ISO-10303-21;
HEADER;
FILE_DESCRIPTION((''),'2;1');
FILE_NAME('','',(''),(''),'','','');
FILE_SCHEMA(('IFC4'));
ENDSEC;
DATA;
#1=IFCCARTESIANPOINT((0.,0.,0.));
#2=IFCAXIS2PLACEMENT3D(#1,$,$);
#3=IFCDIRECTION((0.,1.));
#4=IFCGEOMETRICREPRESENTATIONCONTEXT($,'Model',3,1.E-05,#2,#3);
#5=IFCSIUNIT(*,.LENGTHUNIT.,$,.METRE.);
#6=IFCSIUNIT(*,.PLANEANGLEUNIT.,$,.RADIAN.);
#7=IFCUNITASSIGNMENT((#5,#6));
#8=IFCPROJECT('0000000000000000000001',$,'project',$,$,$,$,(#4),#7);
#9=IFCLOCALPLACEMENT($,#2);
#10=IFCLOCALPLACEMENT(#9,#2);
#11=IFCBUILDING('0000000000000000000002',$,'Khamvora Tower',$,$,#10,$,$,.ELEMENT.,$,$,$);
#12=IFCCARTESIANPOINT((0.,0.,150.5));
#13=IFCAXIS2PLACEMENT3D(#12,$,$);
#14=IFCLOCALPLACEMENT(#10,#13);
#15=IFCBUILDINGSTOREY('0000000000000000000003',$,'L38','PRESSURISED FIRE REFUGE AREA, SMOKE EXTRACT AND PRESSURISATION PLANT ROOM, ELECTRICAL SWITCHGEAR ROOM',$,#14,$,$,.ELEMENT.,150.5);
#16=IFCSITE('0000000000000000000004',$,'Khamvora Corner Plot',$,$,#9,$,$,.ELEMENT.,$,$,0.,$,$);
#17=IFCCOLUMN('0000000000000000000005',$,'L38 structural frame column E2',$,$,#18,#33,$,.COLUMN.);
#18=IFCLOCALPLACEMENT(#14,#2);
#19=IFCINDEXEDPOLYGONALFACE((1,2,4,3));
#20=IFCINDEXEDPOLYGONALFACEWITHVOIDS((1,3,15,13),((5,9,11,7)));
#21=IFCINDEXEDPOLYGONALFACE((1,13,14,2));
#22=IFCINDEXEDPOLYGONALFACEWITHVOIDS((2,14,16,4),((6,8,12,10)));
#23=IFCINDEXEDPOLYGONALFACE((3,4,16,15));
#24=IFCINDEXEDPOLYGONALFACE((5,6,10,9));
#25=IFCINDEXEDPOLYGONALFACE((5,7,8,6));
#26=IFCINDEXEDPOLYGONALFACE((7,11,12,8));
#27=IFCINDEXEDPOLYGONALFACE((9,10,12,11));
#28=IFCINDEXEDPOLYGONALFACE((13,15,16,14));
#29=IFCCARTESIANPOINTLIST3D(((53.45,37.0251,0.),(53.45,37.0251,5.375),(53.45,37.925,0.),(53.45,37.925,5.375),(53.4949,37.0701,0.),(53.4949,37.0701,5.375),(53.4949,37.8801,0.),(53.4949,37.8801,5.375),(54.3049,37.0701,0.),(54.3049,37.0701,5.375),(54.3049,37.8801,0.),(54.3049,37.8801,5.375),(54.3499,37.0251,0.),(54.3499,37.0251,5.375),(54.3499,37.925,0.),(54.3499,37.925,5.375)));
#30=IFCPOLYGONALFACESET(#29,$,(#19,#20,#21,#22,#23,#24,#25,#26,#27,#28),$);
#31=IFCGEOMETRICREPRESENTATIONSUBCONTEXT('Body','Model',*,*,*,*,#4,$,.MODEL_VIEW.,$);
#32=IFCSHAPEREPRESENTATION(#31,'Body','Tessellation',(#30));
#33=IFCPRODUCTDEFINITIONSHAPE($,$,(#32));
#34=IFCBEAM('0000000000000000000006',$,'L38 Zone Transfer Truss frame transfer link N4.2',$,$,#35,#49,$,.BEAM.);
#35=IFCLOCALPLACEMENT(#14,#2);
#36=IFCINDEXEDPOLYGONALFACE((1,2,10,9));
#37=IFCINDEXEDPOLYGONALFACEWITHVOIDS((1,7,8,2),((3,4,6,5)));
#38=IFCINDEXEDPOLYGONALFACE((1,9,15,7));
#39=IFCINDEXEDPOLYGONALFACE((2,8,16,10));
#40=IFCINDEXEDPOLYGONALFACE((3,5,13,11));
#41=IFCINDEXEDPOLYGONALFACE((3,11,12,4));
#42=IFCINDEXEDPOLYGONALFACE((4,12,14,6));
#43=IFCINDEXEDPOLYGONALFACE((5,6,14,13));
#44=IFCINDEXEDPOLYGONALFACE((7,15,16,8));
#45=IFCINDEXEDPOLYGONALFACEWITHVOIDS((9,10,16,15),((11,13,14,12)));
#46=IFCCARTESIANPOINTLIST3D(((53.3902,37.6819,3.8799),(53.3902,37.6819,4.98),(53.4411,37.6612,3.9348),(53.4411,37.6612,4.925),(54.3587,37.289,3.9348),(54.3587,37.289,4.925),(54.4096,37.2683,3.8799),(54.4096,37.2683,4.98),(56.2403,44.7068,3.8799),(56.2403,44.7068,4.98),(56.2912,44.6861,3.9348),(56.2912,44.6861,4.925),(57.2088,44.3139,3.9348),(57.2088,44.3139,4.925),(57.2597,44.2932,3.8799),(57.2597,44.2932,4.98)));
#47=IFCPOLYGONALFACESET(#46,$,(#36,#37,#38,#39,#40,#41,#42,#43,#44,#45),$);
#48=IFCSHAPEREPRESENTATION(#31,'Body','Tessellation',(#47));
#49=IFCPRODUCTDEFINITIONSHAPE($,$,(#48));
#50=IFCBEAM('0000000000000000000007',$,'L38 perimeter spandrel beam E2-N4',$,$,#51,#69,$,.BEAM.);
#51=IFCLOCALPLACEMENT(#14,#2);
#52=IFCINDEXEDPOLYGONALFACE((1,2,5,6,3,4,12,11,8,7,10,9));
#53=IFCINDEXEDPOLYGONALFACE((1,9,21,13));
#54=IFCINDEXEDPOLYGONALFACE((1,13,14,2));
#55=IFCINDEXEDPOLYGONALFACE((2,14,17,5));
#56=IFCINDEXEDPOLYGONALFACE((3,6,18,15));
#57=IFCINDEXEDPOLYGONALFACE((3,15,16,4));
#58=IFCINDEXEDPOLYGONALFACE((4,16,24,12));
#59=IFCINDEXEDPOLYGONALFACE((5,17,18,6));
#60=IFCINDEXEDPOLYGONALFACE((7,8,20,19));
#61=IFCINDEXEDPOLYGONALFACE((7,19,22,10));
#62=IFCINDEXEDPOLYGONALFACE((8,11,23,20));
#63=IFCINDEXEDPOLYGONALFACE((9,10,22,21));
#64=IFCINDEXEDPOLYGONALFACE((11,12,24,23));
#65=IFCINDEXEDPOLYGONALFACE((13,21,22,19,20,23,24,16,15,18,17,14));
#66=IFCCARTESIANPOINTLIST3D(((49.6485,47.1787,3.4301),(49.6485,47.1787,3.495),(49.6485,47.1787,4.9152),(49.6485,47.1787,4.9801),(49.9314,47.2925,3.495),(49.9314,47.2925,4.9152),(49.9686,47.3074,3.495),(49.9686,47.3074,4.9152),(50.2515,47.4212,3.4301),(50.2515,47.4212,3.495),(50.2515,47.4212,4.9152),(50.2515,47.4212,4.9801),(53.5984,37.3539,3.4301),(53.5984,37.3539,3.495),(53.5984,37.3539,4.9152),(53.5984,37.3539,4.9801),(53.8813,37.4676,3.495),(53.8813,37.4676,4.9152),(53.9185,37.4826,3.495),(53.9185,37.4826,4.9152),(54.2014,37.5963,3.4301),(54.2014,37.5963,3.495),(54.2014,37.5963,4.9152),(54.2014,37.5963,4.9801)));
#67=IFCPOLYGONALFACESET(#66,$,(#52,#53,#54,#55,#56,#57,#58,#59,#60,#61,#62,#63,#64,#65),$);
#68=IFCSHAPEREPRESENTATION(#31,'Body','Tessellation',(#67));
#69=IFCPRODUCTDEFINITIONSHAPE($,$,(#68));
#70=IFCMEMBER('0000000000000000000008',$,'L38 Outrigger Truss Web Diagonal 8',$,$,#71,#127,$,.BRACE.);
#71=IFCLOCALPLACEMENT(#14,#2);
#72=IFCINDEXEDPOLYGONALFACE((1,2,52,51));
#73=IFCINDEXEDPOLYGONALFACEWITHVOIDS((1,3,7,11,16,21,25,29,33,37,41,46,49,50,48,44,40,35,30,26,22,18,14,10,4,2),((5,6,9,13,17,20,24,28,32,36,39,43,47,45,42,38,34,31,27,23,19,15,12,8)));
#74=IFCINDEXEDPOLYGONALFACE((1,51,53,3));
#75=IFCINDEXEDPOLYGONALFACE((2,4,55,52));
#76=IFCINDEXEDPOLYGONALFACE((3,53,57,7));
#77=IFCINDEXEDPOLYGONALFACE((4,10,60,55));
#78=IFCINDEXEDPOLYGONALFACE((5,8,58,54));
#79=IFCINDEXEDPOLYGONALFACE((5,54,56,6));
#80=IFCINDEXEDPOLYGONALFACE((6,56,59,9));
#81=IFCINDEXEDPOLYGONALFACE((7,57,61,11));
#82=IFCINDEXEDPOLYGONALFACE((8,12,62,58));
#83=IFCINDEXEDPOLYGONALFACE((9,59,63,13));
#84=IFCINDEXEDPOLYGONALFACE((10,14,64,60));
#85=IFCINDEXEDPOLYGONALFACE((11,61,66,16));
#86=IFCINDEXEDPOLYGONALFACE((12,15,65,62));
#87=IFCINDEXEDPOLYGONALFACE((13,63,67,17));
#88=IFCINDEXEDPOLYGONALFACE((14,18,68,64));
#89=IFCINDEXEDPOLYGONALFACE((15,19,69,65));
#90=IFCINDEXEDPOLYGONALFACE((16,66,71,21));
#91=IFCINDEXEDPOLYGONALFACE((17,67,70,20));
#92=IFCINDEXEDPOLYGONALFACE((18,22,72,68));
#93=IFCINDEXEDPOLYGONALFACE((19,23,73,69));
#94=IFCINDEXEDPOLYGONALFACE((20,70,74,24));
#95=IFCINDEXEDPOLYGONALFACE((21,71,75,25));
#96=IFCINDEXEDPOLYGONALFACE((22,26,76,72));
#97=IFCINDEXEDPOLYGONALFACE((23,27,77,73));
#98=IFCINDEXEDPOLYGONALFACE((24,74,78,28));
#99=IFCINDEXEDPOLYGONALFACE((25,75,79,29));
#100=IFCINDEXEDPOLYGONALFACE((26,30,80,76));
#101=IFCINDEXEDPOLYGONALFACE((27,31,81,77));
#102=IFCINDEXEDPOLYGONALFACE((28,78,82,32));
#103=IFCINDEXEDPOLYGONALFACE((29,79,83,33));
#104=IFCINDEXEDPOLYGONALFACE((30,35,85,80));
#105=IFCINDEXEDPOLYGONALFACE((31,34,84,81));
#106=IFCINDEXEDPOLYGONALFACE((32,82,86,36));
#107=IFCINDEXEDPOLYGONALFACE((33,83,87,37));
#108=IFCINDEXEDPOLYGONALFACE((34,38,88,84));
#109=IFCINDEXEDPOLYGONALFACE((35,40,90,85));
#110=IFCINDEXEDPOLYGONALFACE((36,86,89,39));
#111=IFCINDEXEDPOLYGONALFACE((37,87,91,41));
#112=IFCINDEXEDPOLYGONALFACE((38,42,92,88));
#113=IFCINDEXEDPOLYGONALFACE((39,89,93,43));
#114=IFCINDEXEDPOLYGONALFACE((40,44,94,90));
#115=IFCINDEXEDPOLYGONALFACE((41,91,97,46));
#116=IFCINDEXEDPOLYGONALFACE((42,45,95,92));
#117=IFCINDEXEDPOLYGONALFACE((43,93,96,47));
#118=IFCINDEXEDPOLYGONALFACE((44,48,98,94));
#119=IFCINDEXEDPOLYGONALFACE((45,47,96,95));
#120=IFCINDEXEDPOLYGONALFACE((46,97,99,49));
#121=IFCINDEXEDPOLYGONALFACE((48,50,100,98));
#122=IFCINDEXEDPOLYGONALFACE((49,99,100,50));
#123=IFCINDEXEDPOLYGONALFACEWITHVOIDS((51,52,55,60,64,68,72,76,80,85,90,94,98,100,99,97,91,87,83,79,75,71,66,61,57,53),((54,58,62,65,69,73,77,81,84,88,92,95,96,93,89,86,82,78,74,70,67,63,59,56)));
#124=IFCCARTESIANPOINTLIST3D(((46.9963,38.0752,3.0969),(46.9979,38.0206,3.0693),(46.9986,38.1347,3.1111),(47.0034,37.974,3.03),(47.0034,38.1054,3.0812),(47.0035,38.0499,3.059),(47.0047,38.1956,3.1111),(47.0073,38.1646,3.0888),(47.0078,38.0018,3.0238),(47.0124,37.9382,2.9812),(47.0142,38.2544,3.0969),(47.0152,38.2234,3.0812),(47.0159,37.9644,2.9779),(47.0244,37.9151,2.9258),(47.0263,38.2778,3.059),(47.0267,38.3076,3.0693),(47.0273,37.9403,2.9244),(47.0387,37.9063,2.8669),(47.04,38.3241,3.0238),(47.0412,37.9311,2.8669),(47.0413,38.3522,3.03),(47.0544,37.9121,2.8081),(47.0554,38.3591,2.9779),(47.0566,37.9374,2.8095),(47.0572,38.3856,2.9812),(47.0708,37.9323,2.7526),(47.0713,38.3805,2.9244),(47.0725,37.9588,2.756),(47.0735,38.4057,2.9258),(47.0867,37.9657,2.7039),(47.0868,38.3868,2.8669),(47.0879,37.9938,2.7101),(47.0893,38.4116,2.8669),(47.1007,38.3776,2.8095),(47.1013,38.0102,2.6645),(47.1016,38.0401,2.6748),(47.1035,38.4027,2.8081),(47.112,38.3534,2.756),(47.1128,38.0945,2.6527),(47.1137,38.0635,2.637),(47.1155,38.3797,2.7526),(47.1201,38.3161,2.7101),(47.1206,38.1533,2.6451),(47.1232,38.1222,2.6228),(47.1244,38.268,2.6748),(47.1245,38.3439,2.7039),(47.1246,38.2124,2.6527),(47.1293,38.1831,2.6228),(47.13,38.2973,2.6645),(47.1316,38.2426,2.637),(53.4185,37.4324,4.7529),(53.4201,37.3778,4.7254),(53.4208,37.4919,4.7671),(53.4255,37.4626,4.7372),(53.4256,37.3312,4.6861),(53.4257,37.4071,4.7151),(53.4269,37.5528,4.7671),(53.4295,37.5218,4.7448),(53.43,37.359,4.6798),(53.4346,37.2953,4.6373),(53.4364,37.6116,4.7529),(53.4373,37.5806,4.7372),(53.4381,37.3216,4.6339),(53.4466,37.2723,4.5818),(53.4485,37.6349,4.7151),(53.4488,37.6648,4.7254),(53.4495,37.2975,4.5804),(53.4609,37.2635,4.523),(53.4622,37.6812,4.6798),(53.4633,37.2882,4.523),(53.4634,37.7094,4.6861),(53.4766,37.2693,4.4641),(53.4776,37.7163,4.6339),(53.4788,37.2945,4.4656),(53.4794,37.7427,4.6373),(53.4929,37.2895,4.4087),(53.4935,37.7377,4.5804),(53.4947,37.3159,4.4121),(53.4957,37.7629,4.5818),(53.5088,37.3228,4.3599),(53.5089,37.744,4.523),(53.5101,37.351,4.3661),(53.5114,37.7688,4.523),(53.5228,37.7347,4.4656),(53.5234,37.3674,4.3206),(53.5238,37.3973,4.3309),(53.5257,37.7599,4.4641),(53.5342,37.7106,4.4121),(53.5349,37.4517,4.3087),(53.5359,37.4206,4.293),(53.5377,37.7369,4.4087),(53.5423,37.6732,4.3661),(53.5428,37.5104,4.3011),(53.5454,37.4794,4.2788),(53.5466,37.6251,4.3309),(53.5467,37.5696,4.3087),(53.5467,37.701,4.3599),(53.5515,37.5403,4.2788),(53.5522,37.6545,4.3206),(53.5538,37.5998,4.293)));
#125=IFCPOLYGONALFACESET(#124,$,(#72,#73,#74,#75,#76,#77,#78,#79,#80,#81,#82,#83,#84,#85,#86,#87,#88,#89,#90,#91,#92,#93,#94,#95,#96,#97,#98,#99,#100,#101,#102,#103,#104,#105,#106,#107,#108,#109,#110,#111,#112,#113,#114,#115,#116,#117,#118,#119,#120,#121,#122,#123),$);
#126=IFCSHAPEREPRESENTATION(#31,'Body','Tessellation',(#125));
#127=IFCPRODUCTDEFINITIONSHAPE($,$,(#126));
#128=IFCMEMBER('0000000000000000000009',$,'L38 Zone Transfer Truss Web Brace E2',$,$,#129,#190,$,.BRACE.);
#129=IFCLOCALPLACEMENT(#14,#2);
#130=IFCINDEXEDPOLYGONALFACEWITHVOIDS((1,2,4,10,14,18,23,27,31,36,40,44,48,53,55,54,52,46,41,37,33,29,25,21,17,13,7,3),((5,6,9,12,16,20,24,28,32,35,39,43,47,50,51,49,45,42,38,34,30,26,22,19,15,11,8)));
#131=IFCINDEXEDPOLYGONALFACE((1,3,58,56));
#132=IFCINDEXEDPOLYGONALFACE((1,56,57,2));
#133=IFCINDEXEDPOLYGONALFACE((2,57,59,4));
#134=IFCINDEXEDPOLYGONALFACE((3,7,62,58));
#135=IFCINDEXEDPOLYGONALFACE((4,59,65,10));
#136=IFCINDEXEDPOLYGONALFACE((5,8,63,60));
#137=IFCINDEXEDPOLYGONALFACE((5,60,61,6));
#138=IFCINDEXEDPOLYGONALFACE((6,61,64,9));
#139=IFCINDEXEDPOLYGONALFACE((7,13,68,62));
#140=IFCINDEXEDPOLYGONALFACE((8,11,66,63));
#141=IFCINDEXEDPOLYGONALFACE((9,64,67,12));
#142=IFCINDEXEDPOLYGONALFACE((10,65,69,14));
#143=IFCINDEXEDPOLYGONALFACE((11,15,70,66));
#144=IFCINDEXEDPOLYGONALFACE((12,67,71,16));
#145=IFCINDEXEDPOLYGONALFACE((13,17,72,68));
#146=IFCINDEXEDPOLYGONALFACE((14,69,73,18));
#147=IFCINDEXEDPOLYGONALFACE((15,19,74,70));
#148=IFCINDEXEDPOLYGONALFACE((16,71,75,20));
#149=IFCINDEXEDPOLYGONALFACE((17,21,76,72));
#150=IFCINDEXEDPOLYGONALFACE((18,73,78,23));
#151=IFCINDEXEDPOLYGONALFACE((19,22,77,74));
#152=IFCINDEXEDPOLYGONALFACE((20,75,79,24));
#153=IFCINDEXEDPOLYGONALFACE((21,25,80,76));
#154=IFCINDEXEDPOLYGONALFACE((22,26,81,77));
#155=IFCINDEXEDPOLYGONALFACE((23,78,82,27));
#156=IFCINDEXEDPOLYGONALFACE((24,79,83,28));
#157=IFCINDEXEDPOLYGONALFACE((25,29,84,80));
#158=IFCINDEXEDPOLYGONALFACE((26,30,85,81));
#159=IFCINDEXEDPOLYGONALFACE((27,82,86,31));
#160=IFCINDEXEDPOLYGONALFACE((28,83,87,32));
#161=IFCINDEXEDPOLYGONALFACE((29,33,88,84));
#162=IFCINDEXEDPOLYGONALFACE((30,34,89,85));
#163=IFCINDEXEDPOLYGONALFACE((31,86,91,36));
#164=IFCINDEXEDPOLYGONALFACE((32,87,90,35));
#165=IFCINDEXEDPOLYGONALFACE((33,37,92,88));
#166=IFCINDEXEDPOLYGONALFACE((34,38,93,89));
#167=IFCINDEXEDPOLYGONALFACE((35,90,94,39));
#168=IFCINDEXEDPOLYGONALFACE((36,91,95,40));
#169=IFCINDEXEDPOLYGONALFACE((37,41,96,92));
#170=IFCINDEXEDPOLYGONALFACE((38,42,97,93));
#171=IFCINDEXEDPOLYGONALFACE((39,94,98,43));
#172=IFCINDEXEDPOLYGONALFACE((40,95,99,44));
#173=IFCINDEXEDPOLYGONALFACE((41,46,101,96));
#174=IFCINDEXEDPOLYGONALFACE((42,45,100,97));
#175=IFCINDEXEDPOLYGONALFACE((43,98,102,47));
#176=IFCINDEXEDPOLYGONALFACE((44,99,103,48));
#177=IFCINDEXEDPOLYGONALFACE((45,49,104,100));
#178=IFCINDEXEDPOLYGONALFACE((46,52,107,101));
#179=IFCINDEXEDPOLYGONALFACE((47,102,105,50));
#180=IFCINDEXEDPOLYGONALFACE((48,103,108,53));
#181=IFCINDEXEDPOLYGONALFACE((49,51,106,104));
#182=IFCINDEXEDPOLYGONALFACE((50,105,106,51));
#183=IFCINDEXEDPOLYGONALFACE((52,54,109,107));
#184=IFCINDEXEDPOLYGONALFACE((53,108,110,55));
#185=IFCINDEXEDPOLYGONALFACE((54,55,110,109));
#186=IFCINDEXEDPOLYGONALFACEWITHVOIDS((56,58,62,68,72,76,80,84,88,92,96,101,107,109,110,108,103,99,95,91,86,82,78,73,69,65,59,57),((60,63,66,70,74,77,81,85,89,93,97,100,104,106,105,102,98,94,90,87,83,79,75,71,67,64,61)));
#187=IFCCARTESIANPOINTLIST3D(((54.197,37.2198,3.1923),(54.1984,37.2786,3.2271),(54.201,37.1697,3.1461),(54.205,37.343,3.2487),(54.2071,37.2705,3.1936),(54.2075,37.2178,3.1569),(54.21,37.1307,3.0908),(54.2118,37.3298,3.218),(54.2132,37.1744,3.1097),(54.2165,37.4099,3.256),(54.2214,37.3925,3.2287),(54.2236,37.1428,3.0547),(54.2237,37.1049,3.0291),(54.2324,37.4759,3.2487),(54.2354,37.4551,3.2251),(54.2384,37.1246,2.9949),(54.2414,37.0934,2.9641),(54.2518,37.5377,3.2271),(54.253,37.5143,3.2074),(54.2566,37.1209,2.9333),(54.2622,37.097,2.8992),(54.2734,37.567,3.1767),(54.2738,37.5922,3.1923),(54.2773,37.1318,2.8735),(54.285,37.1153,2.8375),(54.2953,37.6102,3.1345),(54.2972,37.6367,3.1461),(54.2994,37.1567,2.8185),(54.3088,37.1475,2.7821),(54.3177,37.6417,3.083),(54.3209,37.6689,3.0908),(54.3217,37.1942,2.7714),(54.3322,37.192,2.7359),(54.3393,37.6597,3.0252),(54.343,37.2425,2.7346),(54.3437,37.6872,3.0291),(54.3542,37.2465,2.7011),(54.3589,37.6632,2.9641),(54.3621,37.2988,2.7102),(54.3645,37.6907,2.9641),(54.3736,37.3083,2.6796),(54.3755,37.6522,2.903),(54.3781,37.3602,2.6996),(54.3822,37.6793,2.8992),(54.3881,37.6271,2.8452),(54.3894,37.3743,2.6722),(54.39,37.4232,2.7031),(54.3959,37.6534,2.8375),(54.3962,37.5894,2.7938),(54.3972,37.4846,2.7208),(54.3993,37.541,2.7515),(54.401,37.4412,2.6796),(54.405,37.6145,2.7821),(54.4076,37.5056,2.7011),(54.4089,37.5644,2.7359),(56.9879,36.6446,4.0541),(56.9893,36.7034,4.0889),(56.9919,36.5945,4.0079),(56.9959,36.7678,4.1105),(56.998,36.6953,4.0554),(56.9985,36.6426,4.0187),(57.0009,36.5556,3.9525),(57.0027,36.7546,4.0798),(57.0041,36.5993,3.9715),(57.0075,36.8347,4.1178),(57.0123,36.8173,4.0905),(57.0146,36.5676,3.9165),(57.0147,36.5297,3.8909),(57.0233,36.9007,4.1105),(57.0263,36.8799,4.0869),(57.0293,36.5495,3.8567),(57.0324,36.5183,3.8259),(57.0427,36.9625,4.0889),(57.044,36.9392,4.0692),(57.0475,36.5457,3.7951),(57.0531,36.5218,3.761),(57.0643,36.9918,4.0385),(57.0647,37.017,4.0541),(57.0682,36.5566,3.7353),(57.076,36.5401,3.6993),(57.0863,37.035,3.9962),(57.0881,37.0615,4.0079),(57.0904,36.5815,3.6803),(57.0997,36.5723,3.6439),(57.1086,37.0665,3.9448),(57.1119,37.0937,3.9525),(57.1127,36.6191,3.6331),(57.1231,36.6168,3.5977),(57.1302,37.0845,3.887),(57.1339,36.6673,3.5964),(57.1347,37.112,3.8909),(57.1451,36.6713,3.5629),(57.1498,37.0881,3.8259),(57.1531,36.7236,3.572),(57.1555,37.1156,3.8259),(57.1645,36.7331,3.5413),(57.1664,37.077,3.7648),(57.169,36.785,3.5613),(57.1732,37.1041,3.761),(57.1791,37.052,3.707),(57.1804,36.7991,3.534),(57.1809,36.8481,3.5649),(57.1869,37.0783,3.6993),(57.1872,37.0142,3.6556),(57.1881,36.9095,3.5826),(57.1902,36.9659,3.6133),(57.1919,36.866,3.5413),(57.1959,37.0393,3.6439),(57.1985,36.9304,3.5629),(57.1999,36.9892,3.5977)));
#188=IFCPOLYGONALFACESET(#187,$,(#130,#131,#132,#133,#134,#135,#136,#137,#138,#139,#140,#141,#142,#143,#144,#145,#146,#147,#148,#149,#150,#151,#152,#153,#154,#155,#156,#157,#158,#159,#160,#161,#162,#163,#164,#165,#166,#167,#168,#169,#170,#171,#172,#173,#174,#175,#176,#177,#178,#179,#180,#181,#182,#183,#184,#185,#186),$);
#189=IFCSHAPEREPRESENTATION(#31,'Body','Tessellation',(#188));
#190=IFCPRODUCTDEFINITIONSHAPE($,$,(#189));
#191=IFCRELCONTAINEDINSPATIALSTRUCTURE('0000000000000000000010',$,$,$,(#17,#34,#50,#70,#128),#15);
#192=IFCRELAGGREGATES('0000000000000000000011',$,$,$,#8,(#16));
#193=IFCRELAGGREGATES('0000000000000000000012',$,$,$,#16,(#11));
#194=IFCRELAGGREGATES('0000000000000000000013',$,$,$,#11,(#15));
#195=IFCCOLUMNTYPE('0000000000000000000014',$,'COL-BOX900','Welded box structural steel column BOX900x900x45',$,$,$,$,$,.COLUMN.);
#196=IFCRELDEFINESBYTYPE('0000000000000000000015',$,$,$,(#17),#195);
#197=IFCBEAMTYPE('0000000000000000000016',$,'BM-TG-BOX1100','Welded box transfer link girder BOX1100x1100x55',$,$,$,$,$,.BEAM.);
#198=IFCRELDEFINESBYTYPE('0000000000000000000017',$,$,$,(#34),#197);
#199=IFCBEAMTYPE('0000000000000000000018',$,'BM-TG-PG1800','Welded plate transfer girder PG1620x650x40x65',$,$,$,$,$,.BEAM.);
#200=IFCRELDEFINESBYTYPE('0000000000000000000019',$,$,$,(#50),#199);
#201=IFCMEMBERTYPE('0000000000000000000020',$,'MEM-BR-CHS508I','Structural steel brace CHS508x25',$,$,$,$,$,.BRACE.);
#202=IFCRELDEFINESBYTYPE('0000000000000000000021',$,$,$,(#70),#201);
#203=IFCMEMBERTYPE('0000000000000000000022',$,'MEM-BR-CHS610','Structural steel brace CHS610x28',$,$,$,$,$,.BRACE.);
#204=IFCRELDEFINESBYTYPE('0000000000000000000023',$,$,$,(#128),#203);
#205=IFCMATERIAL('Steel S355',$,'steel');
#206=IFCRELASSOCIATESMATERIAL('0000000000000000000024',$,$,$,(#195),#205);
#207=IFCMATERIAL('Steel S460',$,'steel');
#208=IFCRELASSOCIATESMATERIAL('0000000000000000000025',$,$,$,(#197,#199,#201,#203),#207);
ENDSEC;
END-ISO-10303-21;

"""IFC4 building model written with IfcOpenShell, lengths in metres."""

from ifc_helpers import new_model, si_unit, direction, frame, origin, origin_2d, place, context, subcontext, project, spatial, hollow_rectangle, hollow_circle, i_section, extrude, material, material_profile, profile_set, type_object, element, save


model = new_model("IFC4")

# Units and contexts
model_context = context("Model", 3, precision=1e-05, world=origin(), true_north=direction((0.0, 1.0)))
body_context = subcontext(model_context, "Body", "Model", "MODEL_VIEW")
ifc_project = project(units=[si_unit("LENGTHUNIT", "METRE"), si_unit("PLANEANGLEUNIT", "RADIAN")], contexts=[model_context])

# Site, building, storey
site_placement = place(None, origin())
site = spatial("IfcSite", under=ifc_project, at=site_placement, Name="Khamvora Corner Plot", CompositionType="ELEMENT", RefElevation=0.0)
building_placement = place(site_placement, origin())
building = spatial("IfcBuilding", under=site, at=building_placement, Name="Khamvora Tower", CompositionType="ELEMENT")
storey_placement = place(building_placement, frame((0.0, 0.0, 150.5)))
storey = spatial("IfcBuildingStorey", under=building, at=storey_placement, Name="L38", Description="PRESSURISED FIRE REFUGE AREA, SMOKE EXTRACT AND PRESSURISATION PLANT ROOM, ELECTRICAL SWITCHGEAR ROOM", CompositionType="ELEMENT", Elevation=150.5)

# Column
ifc_material_1 = material(Name="Steel S355", Category="steel")
ifc_material_profile_1 = material_profile(ifc_material_1, hollow_rectangle(XDim=0.8999, YDim=0.8999, WallThickness=0.0449, at=origin_2d()), Name="BOX900x900x45")
ifc_profile_set_1 = profile_set([ifc_material_profile_1], Name="Steel S355")
column_type = type_object("IfcColumnType", Name="COL-BOX900", Description="Welded box structural steel column BOX900x900x45", PredefinedType="COLUMN", material=ifc_profile_set_1)
column_placement = place(storey_placement, frame((53.8999, 37.4751, 0.0), z_axis=(0.0, 0.0, 1.0), x_axis=(1.0, 0.0, 0.0)))
element("IfcColumn", 1, at=column_placement, inside=storey, type_object=column_type, Name="L38 structural frame column E2", PredefinedType="COLUMN", context=body_context, shape_type="SweptSolid", body=[
    extrude(hollow_rectangle(XDim=0.8999, YDim=0.8999, WallThickness=0.0449, at=origin_2d()), origin(), (0.0, 0.0, 1.0), 5.375),
])

# Beams
ifc_material_2 = material(Name="Steel S460", Category="steel")
ifc_material_profile_2 = material_profile(ifc_material_2, hollow_rectangle(XDim=1.1001, YDim=1.1001, WallThickness=0.0549, at=origin_2d()), Name="BOX1100x1100x55")
ifc_profile_set_2 = profile_set([ifc_material_profile_2], Name="Steel S460")
beam_type_1 = type_object("IfcBeamType", Name="BM-TG-BOX1100", Description="Welded box transfer link girder BOX1100x1100x55", PredefinedType="BEAM", material=ifc_profile_set_2)
beam_1_placement = place(storey_placement, frame((53.8999, 37.4751, 4.4299), z_axis=(0.37595, 0.92664, 0.0), x_axis=(-0.92664, 0.37595, 0.0)))
element("IfcBeam", 2, at=beam_1_placement, inside=storey, type_object=beam_type_1, Name="L38 Zone Transfer Truss frame transfer link N4.2", PredefinedType="BEAM", context=body_context, shape_type="SweptSolid", body=[
    extrude(hollow_rectangle(XDim=1.1001, YDim=1.1001, WallThickness=0.0549, at=origin_2d()), origin(), (0.0, 0.0, 1.0), 7.5811),
])
ifc_material_profile_3 = material_profile(ifc_material_2, i_section(OverallWidth=0.6499, OverallDepth=1.55, WebThickness=0.04, FlangeThickness=0.0649, at=origin_2d()), Name="PG1550x650x40x65")
ifc_profile_set_3 = profile_set([ifc_material_profile_3], Name="Steel S460")
beam_type_2 = type_object("IfcBeamType", Name="BM-TG-PG1800", Description="Welded plate transfer girder PG1620x650x40x65", PredefinedType="BEAM", material=ifc_profile_set_3)
beam_2_placement = place(storey_placement, frame((53.8999, 37.4751, 4.2051), z_axis=(-0.373016, 0.927825, 0.0), x_axis=(-0.927825, -0.373016, 0.0)))
element("IfcBeam", 3, at=beam_2_placement, inside=storey, type_object=beam_type_2, Name="L38 perimeter spandrel beam E2-N4", PredefinedType="BEAM", context=body_context, shape_type="SweptSolid", body=[
    extrude(i_section(OverallWidth=0.6499, OverallDepth=1.55, WebThickness=0.04, FlangeThickness=0.0649, at=origin_2d()), origin(), (0.0, 0.0, 1.0), 10.5891),
])

# Members
ifc_material_profile_4 = material_profile(ifc_material_2, hollow_circle(Radius=0.2539, WallThickness=0.0249, at=origin_2d()), Name="CHS508x25")
ifc_profile_set_4 = profile_set([ifc_material_profile_4], Name="Steel S460")
member_type_1 = type_object("IfcMemberType", Name="MEM-BR-CHS508I", Description="Structural steel brace CHS508x25", PredefinedType="BRACE", material=ifc_profile_set_4)
member_1_placement = place(storey_placement, frame((47.064, 38.1589, 2.8669), z_axis=(0.963809, -0.096472, 0.248527), x_axis=(0.099597, 0.995028, 0.0)))
element("IfcMember", 4, at=member_1_placement, inside=storey, type_object=member_type_1, Name="L38 Outrigger Truss Web Diagonal 8", PredefinedType="BRACE", context=body_context, shape_type="SweptSolid", body=[
    extrude(hollow_circle(Radius=0.2539, WallThickness=0.0249, at=origin_2d()), origin(), (0.0, 0.0, 1.0), 6.6633),
])
ifc_material_profile_5 = material_profile(ifc_material_2, hollow_circle(Radius=0.3049, WallThickness=0.0281, at=origin_2d()), Name="CHS610x28")
ifc_profile_set_5 = profile_set([ifc_material_profile_5], Name="Steel S460")
member_type_2 = type_object("IfcMemberType", Name="MEM-BR-CHS610", Description="Structural steel brace CHS610x28", PredefinedType="BRACE", material=ifc_profile_set_5)
member_2_placement = place(storey_placement, frame((54.303, 37.3921, 2.9641), z_axis=(0.937483, -0.193204, 0.289478), x_axis=(0.201846, 0.979417, 0.0)))
element("IfcMember", 5, at=member_2_placement, inside=storey, type_object=member_type_2, Name="L38 Zone Transfer Truss Web Brace E2", PredefinedType="BRACE", context=body_context, shape_type="SweptSolid", body=[
    extrude(hollow_circle(Radius=0.3049, WallThickness=0.0281, at=origin_2d()), origin(), (0.0, 0.0, 1.0), 2.9771),
])

save(model, "model.ifc")
